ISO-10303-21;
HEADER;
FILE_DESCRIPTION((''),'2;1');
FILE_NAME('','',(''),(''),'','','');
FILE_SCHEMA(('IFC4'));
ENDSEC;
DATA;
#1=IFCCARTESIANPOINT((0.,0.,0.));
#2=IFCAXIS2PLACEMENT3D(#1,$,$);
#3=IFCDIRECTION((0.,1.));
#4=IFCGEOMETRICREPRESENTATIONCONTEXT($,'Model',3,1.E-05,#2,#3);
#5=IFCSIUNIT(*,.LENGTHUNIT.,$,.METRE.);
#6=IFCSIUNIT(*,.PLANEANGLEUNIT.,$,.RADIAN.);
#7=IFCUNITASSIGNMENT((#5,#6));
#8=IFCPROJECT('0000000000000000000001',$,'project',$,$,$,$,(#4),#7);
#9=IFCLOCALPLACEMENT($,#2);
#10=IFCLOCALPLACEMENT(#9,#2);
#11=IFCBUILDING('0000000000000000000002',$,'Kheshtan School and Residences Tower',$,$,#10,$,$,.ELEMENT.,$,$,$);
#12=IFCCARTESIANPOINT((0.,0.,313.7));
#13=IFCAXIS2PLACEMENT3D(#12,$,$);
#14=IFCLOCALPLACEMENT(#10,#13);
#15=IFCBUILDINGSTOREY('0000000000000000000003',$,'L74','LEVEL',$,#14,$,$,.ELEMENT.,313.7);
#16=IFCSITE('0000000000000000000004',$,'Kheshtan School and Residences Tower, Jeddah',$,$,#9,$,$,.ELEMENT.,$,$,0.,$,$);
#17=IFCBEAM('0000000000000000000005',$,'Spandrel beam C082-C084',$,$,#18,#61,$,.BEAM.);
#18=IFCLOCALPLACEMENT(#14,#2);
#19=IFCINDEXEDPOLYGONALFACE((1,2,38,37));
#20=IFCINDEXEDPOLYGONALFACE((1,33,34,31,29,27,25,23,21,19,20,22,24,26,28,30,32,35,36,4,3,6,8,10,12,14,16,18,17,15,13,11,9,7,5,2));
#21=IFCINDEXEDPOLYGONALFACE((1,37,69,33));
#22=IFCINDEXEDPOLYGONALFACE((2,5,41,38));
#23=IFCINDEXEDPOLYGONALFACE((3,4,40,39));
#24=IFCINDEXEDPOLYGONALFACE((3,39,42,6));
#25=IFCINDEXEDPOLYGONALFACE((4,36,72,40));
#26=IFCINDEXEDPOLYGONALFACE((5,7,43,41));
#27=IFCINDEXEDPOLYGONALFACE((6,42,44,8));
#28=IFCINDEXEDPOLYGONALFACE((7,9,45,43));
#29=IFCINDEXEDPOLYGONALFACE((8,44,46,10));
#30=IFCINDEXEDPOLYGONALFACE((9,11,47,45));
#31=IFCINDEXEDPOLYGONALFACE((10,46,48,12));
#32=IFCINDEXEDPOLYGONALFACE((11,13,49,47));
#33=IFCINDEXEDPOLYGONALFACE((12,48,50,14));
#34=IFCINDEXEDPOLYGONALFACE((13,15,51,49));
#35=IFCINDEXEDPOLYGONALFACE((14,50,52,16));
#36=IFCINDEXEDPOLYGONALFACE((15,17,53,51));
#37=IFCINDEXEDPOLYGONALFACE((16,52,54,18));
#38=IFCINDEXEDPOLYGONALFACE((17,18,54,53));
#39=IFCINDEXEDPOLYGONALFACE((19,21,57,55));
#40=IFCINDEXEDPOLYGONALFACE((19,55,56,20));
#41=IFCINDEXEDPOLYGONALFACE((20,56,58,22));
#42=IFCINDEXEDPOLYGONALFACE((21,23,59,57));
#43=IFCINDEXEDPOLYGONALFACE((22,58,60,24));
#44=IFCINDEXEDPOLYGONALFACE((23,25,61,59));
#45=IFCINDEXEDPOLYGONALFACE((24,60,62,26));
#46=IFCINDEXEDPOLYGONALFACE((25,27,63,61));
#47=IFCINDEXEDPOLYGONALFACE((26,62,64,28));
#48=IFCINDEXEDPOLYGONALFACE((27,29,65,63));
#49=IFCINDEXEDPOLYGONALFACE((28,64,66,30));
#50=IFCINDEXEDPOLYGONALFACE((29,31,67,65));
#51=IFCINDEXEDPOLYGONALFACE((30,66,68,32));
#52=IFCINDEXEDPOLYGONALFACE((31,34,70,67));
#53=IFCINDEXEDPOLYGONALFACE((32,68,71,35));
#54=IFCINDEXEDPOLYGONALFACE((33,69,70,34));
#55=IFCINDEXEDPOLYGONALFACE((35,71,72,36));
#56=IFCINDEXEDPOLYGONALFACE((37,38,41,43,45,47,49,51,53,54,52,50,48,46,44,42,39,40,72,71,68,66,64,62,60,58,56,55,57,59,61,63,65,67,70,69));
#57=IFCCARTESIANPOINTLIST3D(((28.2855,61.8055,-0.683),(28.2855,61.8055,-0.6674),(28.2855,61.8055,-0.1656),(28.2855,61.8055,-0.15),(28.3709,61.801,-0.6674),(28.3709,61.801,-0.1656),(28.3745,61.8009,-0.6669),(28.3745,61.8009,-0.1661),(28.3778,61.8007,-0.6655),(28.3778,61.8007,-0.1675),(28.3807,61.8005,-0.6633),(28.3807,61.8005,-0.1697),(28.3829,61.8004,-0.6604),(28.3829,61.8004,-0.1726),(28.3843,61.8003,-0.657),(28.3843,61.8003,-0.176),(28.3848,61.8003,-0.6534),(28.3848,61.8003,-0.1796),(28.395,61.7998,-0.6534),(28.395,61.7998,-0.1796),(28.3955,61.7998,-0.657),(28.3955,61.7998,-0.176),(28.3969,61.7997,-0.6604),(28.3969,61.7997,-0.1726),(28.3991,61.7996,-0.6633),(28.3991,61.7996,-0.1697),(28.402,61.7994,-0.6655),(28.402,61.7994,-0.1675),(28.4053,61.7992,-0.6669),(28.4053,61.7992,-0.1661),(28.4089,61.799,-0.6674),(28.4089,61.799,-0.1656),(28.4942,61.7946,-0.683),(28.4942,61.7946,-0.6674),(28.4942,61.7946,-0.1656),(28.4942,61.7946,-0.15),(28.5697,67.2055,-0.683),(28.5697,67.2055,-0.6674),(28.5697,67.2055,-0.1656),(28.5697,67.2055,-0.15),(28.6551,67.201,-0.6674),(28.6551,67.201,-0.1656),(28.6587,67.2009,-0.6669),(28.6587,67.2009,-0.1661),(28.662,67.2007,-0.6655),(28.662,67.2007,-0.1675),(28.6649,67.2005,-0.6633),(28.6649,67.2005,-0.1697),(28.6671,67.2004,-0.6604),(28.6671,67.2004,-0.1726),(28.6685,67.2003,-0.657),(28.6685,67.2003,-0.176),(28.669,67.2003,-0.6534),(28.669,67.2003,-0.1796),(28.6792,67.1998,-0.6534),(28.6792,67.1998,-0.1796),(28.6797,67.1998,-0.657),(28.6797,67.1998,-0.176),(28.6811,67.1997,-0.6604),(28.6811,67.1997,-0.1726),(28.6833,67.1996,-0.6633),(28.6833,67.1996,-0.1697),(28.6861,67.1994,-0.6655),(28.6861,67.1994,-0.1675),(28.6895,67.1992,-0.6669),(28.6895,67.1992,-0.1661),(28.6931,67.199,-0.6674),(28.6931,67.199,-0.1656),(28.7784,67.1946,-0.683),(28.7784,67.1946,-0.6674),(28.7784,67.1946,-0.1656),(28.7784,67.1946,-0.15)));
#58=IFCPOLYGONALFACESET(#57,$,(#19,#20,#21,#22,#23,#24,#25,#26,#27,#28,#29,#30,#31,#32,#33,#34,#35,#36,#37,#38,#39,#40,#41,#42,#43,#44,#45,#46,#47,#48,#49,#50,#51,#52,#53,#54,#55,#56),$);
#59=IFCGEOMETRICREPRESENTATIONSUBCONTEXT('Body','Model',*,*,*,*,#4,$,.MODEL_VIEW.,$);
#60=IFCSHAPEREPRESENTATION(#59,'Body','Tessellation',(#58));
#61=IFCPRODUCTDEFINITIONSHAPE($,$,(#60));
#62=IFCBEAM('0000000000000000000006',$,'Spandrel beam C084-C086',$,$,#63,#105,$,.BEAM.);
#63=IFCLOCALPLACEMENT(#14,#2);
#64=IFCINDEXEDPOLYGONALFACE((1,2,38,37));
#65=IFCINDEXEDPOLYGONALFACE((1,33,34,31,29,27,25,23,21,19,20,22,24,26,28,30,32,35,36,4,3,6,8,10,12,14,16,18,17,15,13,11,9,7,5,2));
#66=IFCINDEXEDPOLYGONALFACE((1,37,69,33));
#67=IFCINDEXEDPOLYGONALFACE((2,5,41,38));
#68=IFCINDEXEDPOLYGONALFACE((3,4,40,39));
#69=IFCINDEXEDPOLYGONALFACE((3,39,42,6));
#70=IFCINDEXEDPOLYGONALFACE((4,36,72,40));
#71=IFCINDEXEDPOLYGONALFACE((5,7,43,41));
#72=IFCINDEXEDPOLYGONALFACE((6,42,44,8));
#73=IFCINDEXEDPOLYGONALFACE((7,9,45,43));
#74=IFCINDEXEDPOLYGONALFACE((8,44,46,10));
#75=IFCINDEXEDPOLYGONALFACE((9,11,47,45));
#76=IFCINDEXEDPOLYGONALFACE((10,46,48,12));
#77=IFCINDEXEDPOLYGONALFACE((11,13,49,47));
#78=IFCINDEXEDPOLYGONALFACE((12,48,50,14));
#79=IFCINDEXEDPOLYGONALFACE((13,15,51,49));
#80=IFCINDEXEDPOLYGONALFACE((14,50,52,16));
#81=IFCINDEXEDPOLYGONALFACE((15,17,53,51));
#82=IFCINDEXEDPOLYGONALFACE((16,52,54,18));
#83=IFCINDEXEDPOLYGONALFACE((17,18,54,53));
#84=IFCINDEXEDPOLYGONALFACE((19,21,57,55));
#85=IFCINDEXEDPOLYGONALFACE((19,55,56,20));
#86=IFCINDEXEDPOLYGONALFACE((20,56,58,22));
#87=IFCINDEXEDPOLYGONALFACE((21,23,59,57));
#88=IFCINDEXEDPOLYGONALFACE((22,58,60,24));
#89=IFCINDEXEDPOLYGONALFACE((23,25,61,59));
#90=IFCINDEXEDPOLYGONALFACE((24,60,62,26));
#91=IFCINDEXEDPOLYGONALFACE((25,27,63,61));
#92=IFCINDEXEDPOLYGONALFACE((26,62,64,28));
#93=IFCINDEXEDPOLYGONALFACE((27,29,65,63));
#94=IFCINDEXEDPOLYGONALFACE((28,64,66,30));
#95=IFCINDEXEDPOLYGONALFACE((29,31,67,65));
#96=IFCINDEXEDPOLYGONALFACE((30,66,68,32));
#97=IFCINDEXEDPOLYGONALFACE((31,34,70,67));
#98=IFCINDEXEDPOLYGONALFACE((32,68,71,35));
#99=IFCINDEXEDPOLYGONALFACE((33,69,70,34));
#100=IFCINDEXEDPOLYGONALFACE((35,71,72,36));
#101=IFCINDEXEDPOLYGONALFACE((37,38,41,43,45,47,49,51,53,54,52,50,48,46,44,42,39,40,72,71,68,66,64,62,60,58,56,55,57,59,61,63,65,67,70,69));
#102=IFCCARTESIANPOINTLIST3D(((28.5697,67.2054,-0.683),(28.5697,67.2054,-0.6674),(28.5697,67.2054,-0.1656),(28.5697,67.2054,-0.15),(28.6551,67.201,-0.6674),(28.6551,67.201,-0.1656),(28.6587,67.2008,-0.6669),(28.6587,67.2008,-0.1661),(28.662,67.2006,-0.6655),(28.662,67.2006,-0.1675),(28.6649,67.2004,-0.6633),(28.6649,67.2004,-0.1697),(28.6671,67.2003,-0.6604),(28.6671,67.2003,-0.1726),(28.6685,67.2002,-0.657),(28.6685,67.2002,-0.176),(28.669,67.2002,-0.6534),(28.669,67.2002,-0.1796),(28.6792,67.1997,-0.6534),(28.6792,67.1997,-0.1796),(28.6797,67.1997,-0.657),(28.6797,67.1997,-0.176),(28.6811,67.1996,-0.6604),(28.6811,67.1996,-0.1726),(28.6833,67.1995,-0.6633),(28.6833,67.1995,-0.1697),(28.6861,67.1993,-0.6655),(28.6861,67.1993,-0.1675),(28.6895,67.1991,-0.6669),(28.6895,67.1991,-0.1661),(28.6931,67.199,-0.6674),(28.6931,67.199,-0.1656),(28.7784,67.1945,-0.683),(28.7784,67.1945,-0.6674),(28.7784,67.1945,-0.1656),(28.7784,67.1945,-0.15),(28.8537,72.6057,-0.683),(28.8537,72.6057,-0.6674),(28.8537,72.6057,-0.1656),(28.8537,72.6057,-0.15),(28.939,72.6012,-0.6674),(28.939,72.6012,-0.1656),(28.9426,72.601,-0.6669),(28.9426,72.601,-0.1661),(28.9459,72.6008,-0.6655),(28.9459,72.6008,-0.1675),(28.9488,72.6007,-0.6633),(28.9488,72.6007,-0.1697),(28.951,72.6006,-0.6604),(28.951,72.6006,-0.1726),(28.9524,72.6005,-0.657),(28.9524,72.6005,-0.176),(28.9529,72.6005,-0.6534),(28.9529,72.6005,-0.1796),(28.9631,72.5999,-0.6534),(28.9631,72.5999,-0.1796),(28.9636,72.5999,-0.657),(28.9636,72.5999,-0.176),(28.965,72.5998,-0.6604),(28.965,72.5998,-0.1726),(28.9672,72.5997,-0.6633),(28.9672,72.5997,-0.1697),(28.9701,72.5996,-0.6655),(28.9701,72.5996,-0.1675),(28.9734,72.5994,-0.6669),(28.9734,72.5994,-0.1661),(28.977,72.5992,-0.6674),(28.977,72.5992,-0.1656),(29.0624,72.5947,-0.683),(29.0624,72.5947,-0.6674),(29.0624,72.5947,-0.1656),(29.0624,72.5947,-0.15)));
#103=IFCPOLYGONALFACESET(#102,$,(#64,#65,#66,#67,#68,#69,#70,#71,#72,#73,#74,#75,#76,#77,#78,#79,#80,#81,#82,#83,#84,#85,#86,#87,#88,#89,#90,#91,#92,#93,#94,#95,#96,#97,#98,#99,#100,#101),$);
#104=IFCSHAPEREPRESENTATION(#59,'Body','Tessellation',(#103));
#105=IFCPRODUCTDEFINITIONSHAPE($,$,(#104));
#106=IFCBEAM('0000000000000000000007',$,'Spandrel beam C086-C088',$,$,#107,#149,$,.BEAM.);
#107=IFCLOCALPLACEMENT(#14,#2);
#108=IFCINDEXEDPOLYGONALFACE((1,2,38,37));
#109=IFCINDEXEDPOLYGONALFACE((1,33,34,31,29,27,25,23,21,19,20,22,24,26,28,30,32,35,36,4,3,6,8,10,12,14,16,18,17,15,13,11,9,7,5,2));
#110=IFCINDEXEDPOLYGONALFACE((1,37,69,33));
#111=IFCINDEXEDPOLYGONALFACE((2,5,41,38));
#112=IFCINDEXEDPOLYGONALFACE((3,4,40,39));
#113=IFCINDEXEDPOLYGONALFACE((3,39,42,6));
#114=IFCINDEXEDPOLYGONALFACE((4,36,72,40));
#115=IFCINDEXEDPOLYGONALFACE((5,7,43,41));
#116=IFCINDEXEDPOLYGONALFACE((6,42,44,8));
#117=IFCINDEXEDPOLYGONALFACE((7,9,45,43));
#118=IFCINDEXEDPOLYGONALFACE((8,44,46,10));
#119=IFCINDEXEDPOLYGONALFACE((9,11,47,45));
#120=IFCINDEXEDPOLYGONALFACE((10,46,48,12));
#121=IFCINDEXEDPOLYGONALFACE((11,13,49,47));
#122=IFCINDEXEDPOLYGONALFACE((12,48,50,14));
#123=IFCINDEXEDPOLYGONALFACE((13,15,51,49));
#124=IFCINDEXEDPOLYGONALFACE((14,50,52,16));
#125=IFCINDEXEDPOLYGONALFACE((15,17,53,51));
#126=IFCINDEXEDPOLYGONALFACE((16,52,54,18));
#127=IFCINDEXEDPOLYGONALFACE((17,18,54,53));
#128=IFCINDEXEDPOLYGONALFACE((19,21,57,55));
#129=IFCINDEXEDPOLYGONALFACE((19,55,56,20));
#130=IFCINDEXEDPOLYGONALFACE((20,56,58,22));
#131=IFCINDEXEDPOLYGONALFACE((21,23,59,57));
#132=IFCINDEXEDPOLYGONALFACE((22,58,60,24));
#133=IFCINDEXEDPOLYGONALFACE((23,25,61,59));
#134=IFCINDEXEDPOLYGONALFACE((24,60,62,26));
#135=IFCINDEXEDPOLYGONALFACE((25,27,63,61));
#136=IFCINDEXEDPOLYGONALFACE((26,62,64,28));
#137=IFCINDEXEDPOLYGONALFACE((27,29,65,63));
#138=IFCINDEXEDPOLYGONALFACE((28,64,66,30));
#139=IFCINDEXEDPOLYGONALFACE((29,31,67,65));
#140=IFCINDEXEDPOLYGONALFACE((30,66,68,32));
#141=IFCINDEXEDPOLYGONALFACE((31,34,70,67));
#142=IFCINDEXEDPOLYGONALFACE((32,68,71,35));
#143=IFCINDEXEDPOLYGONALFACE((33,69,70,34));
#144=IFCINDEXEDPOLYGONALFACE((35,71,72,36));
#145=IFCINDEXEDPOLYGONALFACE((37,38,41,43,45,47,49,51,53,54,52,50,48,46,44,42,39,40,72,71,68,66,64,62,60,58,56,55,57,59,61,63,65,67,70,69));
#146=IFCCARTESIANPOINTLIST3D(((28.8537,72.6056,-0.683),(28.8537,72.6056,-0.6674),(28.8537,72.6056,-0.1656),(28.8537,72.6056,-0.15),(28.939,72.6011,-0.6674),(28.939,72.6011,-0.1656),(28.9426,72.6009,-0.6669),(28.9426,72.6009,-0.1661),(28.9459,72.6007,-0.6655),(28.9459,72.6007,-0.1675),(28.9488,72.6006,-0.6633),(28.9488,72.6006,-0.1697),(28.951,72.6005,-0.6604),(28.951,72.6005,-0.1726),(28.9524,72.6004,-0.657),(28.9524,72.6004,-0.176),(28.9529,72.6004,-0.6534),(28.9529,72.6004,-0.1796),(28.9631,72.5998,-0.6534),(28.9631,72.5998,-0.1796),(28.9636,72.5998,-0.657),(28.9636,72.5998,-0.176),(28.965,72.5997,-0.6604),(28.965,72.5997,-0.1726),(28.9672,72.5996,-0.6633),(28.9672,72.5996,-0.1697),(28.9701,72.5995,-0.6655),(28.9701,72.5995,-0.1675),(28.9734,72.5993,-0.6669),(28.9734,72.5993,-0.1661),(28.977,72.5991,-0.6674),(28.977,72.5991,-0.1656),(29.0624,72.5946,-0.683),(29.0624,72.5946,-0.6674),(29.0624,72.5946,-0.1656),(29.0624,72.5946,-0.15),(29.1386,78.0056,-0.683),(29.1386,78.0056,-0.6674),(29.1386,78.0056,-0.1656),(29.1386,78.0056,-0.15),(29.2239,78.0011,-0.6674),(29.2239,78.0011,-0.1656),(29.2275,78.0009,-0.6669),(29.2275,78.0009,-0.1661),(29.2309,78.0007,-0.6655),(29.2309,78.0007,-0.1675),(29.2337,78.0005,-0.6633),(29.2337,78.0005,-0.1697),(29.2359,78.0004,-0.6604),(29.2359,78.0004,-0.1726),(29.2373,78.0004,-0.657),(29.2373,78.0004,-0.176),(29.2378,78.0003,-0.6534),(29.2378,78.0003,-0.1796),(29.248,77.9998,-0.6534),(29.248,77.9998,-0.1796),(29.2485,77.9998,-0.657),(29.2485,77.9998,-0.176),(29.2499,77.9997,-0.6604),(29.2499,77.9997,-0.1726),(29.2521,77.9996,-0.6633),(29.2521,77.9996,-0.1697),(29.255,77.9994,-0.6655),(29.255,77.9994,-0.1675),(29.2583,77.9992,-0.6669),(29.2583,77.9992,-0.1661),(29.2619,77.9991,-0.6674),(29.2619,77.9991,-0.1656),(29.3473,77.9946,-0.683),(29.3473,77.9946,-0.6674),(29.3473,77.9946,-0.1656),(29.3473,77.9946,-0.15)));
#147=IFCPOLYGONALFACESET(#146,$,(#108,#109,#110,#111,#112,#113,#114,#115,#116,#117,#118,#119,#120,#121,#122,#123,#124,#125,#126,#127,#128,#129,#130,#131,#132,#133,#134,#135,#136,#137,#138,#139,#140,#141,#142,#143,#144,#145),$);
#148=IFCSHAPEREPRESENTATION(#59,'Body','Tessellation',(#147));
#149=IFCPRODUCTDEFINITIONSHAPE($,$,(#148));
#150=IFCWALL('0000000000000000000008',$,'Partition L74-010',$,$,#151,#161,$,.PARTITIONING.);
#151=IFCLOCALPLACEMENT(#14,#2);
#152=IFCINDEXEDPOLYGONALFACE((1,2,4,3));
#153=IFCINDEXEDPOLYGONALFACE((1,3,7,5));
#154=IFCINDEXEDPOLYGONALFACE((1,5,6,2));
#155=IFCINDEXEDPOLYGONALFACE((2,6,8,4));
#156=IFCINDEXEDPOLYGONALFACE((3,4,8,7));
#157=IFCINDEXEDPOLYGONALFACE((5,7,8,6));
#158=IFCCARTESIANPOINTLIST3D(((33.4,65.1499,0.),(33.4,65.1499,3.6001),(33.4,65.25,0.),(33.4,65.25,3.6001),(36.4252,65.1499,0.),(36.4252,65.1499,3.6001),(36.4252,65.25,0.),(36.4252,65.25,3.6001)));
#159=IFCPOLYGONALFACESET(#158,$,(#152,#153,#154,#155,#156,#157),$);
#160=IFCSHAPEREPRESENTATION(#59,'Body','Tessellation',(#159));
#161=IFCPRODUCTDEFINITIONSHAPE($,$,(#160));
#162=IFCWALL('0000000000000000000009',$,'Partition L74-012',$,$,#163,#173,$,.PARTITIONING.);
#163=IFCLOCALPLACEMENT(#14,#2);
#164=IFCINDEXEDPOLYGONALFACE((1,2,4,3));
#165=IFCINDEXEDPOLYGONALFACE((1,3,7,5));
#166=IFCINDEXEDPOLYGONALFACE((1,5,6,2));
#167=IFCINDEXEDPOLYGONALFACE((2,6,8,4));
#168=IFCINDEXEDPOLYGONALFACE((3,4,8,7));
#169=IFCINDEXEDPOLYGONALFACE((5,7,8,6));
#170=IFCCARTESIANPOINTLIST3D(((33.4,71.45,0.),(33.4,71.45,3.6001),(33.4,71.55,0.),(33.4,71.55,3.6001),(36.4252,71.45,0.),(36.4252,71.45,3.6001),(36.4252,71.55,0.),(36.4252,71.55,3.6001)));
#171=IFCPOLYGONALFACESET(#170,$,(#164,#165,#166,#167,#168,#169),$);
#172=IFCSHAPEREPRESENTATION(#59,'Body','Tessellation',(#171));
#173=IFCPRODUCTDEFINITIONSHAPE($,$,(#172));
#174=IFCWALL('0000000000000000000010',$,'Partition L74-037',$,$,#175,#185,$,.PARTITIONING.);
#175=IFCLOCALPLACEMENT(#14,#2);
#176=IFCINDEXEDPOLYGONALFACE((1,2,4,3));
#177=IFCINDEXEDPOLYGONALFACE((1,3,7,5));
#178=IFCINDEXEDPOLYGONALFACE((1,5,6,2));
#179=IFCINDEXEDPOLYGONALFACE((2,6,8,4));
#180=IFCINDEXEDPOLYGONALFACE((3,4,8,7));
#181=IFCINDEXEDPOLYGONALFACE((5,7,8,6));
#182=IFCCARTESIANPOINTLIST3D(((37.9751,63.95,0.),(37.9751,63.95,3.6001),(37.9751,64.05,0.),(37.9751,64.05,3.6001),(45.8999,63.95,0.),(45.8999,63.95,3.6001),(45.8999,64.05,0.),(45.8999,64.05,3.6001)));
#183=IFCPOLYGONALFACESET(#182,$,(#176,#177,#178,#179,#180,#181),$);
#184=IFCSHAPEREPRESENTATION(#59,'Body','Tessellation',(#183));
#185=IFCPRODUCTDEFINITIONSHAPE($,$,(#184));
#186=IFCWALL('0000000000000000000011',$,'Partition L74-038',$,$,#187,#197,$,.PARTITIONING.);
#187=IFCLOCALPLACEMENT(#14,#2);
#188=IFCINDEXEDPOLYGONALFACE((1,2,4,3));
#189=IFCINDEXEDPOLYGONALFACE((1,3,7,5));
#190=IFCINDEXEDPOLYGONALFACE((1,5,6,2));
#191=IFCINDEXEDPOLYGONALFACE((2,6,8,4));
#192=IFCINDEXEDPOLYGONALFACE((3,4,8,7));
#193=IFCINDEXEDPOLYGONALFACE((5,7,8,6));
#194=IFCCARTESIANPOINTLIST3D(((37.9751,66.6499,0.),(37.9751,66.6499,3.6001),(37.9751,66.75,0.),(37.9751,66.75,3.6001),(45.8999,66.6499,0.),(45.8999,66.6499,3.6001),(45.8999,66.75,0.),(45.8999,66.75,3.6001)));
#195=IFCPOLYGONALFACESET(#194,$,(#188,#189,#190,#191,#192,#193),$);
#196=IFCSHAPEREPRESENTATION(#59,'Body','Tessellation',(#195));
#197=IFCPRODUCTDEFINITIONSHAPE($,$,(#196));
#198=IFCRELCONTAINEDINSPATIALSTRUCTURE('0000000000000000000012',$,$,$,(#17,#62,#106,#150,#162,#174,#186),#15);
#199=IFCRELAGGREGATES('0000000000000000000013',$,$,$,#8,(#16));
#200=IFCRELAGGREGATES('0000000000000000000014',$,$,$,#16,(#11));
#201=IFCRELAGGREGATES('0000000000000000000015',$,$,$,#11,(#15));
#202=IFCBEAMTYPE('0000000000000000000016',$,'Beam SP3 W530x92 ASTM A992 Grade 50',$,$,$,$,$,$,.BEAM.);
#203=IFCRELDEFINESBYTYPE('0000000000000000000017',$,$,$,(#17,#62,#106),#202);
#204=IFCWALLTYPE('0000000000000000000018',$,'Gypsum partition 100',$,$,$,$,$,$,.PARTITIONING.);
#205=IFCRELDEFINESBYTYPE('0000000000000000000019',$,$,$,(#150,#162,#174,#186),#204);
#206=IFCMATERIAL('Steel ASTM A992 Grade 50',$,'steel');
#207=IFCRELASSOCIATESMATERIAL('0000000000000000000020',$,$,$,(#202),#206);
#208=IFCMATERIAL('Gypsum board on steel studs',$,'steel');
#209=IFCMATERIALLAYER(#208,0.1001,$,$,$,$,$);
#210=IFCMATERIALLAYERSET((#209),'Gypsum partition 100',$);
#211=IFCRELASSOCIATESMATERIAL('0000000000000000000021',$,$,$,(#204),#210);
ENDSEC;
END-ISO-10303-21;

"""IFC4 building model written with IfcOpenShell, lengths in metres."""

from ifc_helpers import new_model, si_unit, direction, frame, frame_2d, origin, origin_2d, place, context, subcontext, project, spatial, rectangle, i_section, extrude, material, layer, layer_set, material_profile, profile_set, type_object, element, save


model = new_model("IFC4")

# Units and contexts
model_context = context("Model", 3, precision=1e-05, world=origin(), true_north=direction((0.0, 1.0)))
body_context = subcontext(model_context, "Body", "Model", "MODEL_VIEW")
ifc_project = project(units=[si_unit("LENGTHUNIT", "METRE"), si_unit("PLANEANGLEUNIT", "RADIAN")], contexts=[model_context])

# Site, building, storey
site_placement = place(None, origin())
site = spatial("IfcSite", under=ifc_project, at=site_placement, Name="Kheshtan School and Residences Tower, Jeddah", CompositionType="ELEMENT", RefElevation=0.0)
building_placement = place(site_placement, origin())
building = spatial("IfcBuilding", under=site, at=building_placement, Name="Kheshtan School and Residences Tower", CompositionType="ELEMENT")
storey_placement = place(building_placement, frame((0.0, 0.0, 313.7)))
storey = spatial("IfcBuildingStorey", under=building, at=storey_placement, Name="L74", Description="LEVEL", CompositionType="ELEMENT", Elevation=313.7)

# Shared definitions
ifc_material_1 = material(Name="Steel ASTM A992 Grade 50", Category="steel")

# Beams
ifc_material_profile_1 = material_profile(ifc_material_1, i_section(OverallWidth=0.209, OverallDepth=0.533, WebThickness=0.0103, FlangeThickness=0.0156, FilletRadius=0.0139, at=origin_2d()), Name="W530x92")
ifc_profile_set_1 = profile_set([ifc_material_profile_1], Name="Steel ASTM A992 Grade 50")
beam_type_1 = type_object("IfcBeamType", Name="Beam SP3 W530x92 ASTM A992 Grade 50", PredefinedType="BEAM", material=ifc_profile_set_1)
beam_1_placement = place(storey_placement, frame((28.3899, 61.8, -0.4165), z_axis=(0.052554, 0.998618, 0.0), x_axis=(-0.998618, 0.052554, 0.0)))
element("IfcBeam", 1, at=beam_1_placement, inside=storey, type_object=beam_type_1, Name="Spandrel beam C082-C084", PredefinedType="BEAM", context=body_context, shape_type="SweptSolid", body=[
    extrude(i_section(OverallWidth=0.209, OverallDepth=0.533, WebThickness=0.0103, FlangeThickness=0.0156, FilletRadius=0.0139, at=origin_2d()), origin(), (0.0, 0.0, 1.0), 5.4075),
])
beam_2_placement = place(storey_placement, frame((28.6741, 67.2, -0.4165), z_axis=(0.052507, 0.998621, 0.0), x_axis=(-0.998621, 0.052507, 0.0)))
element("IfcBeam", 2, at=beam_2_placement, inside=storey, type_object=beam_type_1, Name="Spandrel beam C084-C086", PredefinedType="BEAM", context=body_context, shape_type="SweptSolid", body=[
    extrude(i_section(OverallWidth=0.209, OverallDepth=0.533, WebThickness=0.0103, FlangeThickness=0.0156, FilletRadius=0.0139, at=origin_2d()), origin(), (0.0, 0.0, 1.0), 5.4077),
])
beam_3_placement = place(storey_placement, frame((28.958, 72.6001, -0.4165), z_axis=(0.052689, 0.998611, 0.0), x_axis=(-0.998611, 0.052689, 0.0)))
element("IfcBeam", 3, at=beam_3_placement, inside=storey, type_object=beam_type_1, Name="Spandrel beam C086-C088", PredefinedType="BEAM", context=body_context, shape_type="SweptSolid", body=[
    extrude(i_section(OverallWidth=0.209, OverallDepth=0.533, WebThickness=0.0103, FlangeThickness=0.0156, FilletRadius=0.0139, at=origin_2d()), origin(), (0.0, 0.0, 1.0), 5.4075),
])

# Walls
ifc_material_2 = material(Name="Gypsum board on steel studs", Category="steel")
ifc_layer_1 = layer(ifc_material_2, 0.1001)
ifc_layer_set_1 = layer_set([ifc_layer_1], Name="Gypsum partition 100")
wall_type_1 = type_object("IfcWallType", Name="Gypsum partition 100", PredefinedType="PARTITIONING", material=ifc_layer_set_1)
for number, where, z_axis, x_axis, name in (
    (4, (33.3999, 65.2, 0.0), (0.0, 0.0, 1.0), (1.0, 0.0, 0.0), "Partition L74-010"),
    (5, (33.3999, 71.5, 0.0), (0.0, 0.0, 1.0), (1.0, 0.0, 0.0), "Partition L74-012"),
):
    element("IfcWall", number, at=place(storey_placement, frame(where, z_axis=z_axis, x_axis=x_axis)), inside=storey, type_object=wall_type_1, Name=name, PredefinedType="PARTITIONING", context=body_context, shape_type="SweptSolid", body=[
        extrude(rectangle(XDim=3.0251, YDim=0.1001, at=frame_2d((1.5127, 0.0))), origin(), (0.0, 0.0, 1.0), 3.6001),
    ])
for number, where, z_axis, x_axis, name in (
    (6, (37.9751, 64.0, 0.0), (0.0, 0.0, 1.0), (1.0, 0.0, 0.0), "Partition L74-037"),
    (7, (37.9751, 66.7, 0.0), (0.0, 0.0, 1.0), (1.0, 0.0, 0.0), "Partition L74-038"),
):
    element("IfcWall", number, at=place(storey_placement, frame(where, z_axis=z_axis, x_axis=x_axis)), inside=storey, type_object=wall_type_1, Name=name, PredefinedType="PARTITIONING", context=body_context, shape_type="SweptSolid", body=[
        extrude(rectangle(XDim=7.9248, YDim=0.1001, at=frame_2d((3.9624, 0.0))), origin(), (0.0, 0.0, 1.0), 3.6001),
    ])

save(model, "model.ifc")
